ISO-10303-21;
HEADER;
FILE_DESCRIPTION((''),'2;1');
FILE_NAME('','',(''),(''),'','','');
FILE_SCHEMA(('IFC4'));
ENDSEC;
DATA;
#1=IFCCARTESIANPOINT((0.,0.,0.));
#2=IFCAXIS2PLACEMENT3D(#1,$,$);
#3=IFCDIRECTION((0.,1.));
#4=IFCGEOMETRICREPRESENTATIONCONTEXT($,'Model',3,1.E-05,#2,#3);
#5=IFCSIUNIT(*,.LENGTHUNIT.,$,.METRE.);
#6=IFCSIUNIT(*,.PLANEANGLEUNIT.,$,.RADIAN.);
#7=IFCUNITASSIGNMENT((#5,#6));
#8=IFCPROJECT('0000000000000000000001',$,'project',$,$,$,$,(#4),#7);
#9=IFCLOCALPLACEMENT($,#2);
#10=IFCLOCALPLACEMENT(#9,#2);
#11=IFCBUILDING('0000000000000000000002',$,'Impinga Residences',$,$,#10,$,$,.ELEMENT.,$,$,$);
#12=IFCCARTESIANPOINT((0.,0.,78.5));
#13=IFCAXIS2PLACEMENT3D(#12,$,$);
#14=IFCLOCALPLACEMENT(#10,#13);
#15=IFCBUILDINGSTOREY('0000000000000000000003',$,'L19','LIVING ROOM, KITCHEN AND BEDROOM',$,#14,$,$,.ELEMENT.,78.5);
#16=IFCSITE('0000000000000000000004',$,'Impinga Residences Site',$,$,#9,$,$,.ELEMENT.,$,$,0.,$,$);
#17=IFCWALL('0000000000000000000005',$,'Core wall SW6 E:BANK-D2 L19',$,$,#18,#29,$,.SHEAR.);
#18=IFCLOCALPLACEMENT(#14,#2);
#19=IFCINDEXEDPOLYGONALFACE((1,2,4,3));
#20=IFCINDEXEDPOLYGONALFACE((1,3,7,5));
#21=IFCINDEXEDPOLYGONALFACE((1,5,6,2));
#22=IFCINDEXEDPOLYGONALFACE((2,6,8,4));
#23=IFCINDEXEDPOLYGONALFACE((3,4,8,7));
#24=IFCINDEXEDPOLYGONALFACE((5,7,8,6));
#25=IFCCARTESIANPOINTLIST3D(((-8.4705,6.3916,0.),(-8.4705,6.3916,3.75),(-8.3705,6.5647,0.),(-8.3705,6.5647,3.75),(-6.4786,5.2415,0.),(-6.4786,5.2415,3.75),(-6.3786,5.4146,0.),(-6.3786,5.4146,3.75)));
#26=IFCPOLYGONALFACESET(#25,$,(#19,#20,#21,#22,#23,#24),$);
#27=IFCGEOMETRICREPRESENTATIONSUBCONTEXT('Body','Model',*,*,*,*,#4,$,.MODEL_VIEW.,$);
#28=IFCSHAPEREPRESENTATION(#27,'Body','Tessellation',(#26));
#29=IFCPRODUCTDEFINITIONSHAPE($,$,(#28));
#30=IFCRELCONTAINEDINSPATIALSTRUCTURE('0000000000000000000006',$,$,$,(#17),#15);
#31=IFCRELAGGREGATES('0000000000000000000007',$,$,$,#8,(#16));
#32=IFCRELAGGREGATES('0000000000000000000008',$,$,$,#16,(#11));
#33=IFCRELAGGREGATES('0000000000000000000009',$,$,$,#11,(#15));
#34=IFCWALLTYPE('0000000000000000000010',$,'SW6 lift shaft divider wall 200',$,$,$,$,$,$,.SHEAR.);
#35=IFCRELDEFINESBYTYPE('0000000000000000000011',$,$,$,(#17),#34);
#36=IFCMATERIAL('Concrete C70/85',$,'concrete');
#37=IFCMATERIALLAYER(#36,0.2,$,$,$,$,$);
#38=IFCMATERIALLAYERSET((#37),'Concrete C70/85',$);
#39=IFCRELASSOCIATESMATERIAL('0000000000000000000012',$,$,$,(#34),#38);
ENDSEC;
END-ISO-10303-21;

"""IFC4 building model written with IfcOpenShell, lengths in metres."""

from ifc_helpers import new_model, si_unit, direction, frame, frame_2d, origin, place, context, subcontext, project, spatial, rectangle, extrude, material, layer, layer_set, type_object, element, save


model = new_model("IFC4")

# Units and contexts
model_context = context("Model", 3, precision=1e-05, world=origin(), true_north=direction((0.0, 1.0)))
body_context = subcontext(model_context, "Body", "Model", "MODEL_VIEW")
ifc_project = project(units=[si_unit("LENGTHUNIT", "METRE"), si_unit("PLANEANGLEUNIT", "RADIAN")], contexts=[model_context])

# Site, building, storey
site_placement = place(None, origin())
site = spatial("IfcSite", under=ifc_project, at=site_placement, Name="Impinga Residences Site", CompositionType="ELEMENT", RefElevation=0.0)
building_placement = place(site_placement, origin())
building = spatial("IfcBuilding", under=site, at=building_placement, Name="Impinga Residences", CompositionType="ELEMENT")
storey_placement = place(building_placement, frame((0.0, 0.0, 78.5)))
storey = spatial("IfcBuildingStorey", under=building, at=storey_placement, Name="L19", Description="LIVING ROOM, KITCHEN AND BEDROOM", CompositionType="ELEMENT", Elevation=78.5)

# Shared definitions
ifc_material_1 = material(Name="Concrete C70/85", Category="concrete")

# Wall
ifc_layer_1 = layer(ifc_material_1, 0.2)
ifc_layer_set_1 = layer_set([ifc_layer_1], Name="Concrete C70/85")
wall_type_1 = type_object("IfcWallType", Name="SW6 lift shaft divider wall 200", PredefinedType="SHEAR", material=ifc_layer_set_1)
wall_1_placement = place(storey_placement, frame((-6.4287, 5.3281, 0.0), z_axis=(0.0, 0.0, 1.0), x_axis=(-0.866007, 0.500032, 0.0)))
element("IfcWall", 1, at=wall_1_placement, inside=storey, type_object=wall_type_1, Name="Core wall SW6 E:BANK-D2 L19", PredefinedType="SHEAR", context=body_context, shape_type="SweptSolid", body=[
    extrude(rectangle(XDim=2.3, YDim=0.2, at=frame_2d((1.1499, 0.0))), origin(), (0.0, 0.0, 1.0), 3.75),
])

save(model, "model.ifc")
